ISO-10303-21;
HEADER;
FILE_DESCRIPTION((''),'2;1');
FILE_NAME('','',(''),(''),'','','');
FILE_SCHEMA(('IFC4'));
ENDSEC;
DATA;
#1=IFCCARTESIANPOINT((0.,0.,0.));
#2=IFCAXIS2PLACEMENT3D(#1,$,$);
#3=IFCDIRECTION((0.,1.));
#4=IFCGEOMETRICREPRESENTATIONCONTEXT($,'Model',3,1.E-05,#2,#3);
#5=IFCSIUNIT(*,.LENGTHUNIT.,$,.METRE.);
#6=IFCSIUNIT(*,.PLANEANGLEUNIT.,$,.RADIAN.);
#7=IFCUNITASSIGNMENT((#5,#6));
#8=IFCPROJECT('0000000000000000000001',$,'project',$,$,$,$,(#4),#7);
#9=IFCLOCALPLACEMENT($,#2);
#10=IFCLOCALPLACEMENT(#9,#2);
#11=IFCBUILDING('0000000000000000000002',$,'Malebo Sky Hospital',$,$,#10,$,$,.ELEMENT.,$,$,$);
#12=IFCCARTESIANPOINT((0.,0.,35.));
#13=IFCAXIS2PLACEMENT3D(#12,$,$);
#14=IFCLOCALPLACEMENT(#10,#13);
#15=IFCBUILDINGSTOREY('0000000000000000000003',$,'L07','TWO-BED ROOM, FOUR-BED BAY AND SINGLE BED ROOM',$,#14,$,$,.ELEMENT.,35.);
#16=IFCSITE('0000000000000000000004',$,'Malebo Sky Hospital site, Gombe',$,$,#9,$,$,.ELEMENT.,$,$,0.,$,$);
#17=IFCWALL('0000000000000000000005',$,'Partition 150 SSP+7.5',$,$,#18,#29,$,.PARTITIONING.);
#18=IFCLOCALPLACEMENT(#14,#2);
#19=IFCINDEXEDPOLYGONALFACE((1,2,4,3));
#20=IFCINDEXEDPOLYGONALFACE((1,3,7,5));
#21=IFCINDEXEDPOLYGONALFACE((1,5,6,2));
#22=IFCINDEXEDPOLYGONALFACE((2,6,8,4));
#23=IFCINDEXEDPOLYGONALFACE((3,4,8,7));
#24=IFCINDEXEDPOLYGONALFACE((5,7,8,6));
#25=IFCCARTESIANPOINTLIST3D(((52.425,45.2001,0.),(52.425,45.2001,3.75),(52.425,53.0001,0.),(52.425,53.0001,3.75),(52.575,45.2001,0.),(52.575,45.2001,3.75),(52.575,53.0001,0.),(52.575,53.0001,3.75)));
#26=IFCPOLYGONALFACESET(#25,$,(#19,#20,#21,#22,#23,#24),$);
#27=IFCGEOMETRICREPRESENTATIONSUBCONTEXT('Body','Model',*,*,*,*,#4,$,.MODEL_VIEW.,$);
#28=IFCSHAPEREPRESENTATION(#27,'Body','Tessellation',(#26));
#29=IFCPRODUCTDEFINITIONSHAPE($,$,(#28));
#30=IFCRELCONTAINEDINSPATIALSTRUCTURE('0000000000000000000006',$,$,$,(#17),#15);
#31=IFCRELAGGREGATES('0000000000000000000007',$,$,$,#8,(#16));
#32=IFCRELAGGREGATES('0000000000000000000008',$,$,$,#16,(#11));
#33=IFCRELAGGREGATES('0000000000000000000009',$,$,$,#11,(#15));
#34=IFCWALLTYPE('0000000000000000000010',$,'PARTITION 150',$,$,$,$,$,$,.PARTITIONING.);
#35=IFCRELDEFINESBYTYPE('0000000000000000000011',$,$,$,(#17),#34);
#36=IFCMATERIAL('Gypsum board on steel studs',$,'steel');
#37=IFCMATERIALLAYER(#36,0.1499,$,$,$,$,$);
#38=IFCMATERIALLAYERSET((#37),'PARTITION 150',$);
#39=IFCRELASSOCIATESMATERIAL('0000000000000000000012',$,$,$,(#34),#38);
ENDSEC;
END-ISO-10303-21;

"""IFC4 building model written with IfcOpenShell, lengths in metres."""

from ifc_helpers import new_model, si_unit, direction, frame, frame_2d, origin, place, context, subcontext, project, spatial, rectangle, extrude, material, layer, layer_set, type_object, element, save


model = new_model("IFC4")

# Units and contexts
model_context = context("Model", 3, precision=1e-05, world=origin(), true_north=direction((0.0, 1.0)))
body_context = subcontext(model_context, "Body", "Model", "MODEL_VIEW")
ifc_project = project(units=[si_unit("LENGTHUNIT", "METRE"), si_unit("PLANEANGLEUNIT", "RADIAN")], contexts=[model_context])

# Site, building, storey
site_placement = place(None, origin())
site = spatial("IfcSite", under=ifc_project, at=site_placement, Name="Malebo Sky Hospital site, Gombe", CompositionType="ELEMENT", RefElevation=0.0)
building_placement = place(site_placement, origin())
building = spatial("IfcBuilding", under=site, at=building_placement, Name="Malebo Sky Hospital", CompositionType="ELEMENT")
storey_placement = place(building_placement, frame((0.0, 0.0, 35.0)))
storey = spatial("IfcBuildingStorey", under=building, at=storey_placement, Name="L07", Description="TWO-BED ROOM, FOUR-BED BAY AND SINGLE BED ROOM", CompositionType="ELEMENT", Elevation=35.0)

# Shared definitions
ifc_material_1 = material(Name="Gypsum board on steel studs", Category="steel")

# Shared definitions
ifc_layer_1 = layer(ifc_material_1, 0.1499)
ifc_layer_set_1 = layer_set([ifc_layer_1], Name="PARTITION 150")
wall_type_1 = type_object("IfcWallType", Name="PARTITION 150", PredefinedType="PARTITIONING", material=ifc_layer_set_1)

# Wall
wall_1_placement = place(storey_placement, frame((52.5, 53.0, 0.0), z_axis=(0.0, 0.0, 1.0), x_axis=(0.0, -1.0, 0.0)))
element("IfcWall", 1, at=wall_1_placement, inside=storey, type_object=wall_type_1, Name="Partition 150 SSP+7.5", PredefinedType="PARTITIONING", context=body_context, shape_type="SweptSolid", body=[
    extrude(rectangle(XDim=7.8, YDim=0.1499, at=frame_2d((3.8999, 0.0))), origin(), (0.0, 0.0, 1.0), 3.75),
])

save(model, "model.ifc")
